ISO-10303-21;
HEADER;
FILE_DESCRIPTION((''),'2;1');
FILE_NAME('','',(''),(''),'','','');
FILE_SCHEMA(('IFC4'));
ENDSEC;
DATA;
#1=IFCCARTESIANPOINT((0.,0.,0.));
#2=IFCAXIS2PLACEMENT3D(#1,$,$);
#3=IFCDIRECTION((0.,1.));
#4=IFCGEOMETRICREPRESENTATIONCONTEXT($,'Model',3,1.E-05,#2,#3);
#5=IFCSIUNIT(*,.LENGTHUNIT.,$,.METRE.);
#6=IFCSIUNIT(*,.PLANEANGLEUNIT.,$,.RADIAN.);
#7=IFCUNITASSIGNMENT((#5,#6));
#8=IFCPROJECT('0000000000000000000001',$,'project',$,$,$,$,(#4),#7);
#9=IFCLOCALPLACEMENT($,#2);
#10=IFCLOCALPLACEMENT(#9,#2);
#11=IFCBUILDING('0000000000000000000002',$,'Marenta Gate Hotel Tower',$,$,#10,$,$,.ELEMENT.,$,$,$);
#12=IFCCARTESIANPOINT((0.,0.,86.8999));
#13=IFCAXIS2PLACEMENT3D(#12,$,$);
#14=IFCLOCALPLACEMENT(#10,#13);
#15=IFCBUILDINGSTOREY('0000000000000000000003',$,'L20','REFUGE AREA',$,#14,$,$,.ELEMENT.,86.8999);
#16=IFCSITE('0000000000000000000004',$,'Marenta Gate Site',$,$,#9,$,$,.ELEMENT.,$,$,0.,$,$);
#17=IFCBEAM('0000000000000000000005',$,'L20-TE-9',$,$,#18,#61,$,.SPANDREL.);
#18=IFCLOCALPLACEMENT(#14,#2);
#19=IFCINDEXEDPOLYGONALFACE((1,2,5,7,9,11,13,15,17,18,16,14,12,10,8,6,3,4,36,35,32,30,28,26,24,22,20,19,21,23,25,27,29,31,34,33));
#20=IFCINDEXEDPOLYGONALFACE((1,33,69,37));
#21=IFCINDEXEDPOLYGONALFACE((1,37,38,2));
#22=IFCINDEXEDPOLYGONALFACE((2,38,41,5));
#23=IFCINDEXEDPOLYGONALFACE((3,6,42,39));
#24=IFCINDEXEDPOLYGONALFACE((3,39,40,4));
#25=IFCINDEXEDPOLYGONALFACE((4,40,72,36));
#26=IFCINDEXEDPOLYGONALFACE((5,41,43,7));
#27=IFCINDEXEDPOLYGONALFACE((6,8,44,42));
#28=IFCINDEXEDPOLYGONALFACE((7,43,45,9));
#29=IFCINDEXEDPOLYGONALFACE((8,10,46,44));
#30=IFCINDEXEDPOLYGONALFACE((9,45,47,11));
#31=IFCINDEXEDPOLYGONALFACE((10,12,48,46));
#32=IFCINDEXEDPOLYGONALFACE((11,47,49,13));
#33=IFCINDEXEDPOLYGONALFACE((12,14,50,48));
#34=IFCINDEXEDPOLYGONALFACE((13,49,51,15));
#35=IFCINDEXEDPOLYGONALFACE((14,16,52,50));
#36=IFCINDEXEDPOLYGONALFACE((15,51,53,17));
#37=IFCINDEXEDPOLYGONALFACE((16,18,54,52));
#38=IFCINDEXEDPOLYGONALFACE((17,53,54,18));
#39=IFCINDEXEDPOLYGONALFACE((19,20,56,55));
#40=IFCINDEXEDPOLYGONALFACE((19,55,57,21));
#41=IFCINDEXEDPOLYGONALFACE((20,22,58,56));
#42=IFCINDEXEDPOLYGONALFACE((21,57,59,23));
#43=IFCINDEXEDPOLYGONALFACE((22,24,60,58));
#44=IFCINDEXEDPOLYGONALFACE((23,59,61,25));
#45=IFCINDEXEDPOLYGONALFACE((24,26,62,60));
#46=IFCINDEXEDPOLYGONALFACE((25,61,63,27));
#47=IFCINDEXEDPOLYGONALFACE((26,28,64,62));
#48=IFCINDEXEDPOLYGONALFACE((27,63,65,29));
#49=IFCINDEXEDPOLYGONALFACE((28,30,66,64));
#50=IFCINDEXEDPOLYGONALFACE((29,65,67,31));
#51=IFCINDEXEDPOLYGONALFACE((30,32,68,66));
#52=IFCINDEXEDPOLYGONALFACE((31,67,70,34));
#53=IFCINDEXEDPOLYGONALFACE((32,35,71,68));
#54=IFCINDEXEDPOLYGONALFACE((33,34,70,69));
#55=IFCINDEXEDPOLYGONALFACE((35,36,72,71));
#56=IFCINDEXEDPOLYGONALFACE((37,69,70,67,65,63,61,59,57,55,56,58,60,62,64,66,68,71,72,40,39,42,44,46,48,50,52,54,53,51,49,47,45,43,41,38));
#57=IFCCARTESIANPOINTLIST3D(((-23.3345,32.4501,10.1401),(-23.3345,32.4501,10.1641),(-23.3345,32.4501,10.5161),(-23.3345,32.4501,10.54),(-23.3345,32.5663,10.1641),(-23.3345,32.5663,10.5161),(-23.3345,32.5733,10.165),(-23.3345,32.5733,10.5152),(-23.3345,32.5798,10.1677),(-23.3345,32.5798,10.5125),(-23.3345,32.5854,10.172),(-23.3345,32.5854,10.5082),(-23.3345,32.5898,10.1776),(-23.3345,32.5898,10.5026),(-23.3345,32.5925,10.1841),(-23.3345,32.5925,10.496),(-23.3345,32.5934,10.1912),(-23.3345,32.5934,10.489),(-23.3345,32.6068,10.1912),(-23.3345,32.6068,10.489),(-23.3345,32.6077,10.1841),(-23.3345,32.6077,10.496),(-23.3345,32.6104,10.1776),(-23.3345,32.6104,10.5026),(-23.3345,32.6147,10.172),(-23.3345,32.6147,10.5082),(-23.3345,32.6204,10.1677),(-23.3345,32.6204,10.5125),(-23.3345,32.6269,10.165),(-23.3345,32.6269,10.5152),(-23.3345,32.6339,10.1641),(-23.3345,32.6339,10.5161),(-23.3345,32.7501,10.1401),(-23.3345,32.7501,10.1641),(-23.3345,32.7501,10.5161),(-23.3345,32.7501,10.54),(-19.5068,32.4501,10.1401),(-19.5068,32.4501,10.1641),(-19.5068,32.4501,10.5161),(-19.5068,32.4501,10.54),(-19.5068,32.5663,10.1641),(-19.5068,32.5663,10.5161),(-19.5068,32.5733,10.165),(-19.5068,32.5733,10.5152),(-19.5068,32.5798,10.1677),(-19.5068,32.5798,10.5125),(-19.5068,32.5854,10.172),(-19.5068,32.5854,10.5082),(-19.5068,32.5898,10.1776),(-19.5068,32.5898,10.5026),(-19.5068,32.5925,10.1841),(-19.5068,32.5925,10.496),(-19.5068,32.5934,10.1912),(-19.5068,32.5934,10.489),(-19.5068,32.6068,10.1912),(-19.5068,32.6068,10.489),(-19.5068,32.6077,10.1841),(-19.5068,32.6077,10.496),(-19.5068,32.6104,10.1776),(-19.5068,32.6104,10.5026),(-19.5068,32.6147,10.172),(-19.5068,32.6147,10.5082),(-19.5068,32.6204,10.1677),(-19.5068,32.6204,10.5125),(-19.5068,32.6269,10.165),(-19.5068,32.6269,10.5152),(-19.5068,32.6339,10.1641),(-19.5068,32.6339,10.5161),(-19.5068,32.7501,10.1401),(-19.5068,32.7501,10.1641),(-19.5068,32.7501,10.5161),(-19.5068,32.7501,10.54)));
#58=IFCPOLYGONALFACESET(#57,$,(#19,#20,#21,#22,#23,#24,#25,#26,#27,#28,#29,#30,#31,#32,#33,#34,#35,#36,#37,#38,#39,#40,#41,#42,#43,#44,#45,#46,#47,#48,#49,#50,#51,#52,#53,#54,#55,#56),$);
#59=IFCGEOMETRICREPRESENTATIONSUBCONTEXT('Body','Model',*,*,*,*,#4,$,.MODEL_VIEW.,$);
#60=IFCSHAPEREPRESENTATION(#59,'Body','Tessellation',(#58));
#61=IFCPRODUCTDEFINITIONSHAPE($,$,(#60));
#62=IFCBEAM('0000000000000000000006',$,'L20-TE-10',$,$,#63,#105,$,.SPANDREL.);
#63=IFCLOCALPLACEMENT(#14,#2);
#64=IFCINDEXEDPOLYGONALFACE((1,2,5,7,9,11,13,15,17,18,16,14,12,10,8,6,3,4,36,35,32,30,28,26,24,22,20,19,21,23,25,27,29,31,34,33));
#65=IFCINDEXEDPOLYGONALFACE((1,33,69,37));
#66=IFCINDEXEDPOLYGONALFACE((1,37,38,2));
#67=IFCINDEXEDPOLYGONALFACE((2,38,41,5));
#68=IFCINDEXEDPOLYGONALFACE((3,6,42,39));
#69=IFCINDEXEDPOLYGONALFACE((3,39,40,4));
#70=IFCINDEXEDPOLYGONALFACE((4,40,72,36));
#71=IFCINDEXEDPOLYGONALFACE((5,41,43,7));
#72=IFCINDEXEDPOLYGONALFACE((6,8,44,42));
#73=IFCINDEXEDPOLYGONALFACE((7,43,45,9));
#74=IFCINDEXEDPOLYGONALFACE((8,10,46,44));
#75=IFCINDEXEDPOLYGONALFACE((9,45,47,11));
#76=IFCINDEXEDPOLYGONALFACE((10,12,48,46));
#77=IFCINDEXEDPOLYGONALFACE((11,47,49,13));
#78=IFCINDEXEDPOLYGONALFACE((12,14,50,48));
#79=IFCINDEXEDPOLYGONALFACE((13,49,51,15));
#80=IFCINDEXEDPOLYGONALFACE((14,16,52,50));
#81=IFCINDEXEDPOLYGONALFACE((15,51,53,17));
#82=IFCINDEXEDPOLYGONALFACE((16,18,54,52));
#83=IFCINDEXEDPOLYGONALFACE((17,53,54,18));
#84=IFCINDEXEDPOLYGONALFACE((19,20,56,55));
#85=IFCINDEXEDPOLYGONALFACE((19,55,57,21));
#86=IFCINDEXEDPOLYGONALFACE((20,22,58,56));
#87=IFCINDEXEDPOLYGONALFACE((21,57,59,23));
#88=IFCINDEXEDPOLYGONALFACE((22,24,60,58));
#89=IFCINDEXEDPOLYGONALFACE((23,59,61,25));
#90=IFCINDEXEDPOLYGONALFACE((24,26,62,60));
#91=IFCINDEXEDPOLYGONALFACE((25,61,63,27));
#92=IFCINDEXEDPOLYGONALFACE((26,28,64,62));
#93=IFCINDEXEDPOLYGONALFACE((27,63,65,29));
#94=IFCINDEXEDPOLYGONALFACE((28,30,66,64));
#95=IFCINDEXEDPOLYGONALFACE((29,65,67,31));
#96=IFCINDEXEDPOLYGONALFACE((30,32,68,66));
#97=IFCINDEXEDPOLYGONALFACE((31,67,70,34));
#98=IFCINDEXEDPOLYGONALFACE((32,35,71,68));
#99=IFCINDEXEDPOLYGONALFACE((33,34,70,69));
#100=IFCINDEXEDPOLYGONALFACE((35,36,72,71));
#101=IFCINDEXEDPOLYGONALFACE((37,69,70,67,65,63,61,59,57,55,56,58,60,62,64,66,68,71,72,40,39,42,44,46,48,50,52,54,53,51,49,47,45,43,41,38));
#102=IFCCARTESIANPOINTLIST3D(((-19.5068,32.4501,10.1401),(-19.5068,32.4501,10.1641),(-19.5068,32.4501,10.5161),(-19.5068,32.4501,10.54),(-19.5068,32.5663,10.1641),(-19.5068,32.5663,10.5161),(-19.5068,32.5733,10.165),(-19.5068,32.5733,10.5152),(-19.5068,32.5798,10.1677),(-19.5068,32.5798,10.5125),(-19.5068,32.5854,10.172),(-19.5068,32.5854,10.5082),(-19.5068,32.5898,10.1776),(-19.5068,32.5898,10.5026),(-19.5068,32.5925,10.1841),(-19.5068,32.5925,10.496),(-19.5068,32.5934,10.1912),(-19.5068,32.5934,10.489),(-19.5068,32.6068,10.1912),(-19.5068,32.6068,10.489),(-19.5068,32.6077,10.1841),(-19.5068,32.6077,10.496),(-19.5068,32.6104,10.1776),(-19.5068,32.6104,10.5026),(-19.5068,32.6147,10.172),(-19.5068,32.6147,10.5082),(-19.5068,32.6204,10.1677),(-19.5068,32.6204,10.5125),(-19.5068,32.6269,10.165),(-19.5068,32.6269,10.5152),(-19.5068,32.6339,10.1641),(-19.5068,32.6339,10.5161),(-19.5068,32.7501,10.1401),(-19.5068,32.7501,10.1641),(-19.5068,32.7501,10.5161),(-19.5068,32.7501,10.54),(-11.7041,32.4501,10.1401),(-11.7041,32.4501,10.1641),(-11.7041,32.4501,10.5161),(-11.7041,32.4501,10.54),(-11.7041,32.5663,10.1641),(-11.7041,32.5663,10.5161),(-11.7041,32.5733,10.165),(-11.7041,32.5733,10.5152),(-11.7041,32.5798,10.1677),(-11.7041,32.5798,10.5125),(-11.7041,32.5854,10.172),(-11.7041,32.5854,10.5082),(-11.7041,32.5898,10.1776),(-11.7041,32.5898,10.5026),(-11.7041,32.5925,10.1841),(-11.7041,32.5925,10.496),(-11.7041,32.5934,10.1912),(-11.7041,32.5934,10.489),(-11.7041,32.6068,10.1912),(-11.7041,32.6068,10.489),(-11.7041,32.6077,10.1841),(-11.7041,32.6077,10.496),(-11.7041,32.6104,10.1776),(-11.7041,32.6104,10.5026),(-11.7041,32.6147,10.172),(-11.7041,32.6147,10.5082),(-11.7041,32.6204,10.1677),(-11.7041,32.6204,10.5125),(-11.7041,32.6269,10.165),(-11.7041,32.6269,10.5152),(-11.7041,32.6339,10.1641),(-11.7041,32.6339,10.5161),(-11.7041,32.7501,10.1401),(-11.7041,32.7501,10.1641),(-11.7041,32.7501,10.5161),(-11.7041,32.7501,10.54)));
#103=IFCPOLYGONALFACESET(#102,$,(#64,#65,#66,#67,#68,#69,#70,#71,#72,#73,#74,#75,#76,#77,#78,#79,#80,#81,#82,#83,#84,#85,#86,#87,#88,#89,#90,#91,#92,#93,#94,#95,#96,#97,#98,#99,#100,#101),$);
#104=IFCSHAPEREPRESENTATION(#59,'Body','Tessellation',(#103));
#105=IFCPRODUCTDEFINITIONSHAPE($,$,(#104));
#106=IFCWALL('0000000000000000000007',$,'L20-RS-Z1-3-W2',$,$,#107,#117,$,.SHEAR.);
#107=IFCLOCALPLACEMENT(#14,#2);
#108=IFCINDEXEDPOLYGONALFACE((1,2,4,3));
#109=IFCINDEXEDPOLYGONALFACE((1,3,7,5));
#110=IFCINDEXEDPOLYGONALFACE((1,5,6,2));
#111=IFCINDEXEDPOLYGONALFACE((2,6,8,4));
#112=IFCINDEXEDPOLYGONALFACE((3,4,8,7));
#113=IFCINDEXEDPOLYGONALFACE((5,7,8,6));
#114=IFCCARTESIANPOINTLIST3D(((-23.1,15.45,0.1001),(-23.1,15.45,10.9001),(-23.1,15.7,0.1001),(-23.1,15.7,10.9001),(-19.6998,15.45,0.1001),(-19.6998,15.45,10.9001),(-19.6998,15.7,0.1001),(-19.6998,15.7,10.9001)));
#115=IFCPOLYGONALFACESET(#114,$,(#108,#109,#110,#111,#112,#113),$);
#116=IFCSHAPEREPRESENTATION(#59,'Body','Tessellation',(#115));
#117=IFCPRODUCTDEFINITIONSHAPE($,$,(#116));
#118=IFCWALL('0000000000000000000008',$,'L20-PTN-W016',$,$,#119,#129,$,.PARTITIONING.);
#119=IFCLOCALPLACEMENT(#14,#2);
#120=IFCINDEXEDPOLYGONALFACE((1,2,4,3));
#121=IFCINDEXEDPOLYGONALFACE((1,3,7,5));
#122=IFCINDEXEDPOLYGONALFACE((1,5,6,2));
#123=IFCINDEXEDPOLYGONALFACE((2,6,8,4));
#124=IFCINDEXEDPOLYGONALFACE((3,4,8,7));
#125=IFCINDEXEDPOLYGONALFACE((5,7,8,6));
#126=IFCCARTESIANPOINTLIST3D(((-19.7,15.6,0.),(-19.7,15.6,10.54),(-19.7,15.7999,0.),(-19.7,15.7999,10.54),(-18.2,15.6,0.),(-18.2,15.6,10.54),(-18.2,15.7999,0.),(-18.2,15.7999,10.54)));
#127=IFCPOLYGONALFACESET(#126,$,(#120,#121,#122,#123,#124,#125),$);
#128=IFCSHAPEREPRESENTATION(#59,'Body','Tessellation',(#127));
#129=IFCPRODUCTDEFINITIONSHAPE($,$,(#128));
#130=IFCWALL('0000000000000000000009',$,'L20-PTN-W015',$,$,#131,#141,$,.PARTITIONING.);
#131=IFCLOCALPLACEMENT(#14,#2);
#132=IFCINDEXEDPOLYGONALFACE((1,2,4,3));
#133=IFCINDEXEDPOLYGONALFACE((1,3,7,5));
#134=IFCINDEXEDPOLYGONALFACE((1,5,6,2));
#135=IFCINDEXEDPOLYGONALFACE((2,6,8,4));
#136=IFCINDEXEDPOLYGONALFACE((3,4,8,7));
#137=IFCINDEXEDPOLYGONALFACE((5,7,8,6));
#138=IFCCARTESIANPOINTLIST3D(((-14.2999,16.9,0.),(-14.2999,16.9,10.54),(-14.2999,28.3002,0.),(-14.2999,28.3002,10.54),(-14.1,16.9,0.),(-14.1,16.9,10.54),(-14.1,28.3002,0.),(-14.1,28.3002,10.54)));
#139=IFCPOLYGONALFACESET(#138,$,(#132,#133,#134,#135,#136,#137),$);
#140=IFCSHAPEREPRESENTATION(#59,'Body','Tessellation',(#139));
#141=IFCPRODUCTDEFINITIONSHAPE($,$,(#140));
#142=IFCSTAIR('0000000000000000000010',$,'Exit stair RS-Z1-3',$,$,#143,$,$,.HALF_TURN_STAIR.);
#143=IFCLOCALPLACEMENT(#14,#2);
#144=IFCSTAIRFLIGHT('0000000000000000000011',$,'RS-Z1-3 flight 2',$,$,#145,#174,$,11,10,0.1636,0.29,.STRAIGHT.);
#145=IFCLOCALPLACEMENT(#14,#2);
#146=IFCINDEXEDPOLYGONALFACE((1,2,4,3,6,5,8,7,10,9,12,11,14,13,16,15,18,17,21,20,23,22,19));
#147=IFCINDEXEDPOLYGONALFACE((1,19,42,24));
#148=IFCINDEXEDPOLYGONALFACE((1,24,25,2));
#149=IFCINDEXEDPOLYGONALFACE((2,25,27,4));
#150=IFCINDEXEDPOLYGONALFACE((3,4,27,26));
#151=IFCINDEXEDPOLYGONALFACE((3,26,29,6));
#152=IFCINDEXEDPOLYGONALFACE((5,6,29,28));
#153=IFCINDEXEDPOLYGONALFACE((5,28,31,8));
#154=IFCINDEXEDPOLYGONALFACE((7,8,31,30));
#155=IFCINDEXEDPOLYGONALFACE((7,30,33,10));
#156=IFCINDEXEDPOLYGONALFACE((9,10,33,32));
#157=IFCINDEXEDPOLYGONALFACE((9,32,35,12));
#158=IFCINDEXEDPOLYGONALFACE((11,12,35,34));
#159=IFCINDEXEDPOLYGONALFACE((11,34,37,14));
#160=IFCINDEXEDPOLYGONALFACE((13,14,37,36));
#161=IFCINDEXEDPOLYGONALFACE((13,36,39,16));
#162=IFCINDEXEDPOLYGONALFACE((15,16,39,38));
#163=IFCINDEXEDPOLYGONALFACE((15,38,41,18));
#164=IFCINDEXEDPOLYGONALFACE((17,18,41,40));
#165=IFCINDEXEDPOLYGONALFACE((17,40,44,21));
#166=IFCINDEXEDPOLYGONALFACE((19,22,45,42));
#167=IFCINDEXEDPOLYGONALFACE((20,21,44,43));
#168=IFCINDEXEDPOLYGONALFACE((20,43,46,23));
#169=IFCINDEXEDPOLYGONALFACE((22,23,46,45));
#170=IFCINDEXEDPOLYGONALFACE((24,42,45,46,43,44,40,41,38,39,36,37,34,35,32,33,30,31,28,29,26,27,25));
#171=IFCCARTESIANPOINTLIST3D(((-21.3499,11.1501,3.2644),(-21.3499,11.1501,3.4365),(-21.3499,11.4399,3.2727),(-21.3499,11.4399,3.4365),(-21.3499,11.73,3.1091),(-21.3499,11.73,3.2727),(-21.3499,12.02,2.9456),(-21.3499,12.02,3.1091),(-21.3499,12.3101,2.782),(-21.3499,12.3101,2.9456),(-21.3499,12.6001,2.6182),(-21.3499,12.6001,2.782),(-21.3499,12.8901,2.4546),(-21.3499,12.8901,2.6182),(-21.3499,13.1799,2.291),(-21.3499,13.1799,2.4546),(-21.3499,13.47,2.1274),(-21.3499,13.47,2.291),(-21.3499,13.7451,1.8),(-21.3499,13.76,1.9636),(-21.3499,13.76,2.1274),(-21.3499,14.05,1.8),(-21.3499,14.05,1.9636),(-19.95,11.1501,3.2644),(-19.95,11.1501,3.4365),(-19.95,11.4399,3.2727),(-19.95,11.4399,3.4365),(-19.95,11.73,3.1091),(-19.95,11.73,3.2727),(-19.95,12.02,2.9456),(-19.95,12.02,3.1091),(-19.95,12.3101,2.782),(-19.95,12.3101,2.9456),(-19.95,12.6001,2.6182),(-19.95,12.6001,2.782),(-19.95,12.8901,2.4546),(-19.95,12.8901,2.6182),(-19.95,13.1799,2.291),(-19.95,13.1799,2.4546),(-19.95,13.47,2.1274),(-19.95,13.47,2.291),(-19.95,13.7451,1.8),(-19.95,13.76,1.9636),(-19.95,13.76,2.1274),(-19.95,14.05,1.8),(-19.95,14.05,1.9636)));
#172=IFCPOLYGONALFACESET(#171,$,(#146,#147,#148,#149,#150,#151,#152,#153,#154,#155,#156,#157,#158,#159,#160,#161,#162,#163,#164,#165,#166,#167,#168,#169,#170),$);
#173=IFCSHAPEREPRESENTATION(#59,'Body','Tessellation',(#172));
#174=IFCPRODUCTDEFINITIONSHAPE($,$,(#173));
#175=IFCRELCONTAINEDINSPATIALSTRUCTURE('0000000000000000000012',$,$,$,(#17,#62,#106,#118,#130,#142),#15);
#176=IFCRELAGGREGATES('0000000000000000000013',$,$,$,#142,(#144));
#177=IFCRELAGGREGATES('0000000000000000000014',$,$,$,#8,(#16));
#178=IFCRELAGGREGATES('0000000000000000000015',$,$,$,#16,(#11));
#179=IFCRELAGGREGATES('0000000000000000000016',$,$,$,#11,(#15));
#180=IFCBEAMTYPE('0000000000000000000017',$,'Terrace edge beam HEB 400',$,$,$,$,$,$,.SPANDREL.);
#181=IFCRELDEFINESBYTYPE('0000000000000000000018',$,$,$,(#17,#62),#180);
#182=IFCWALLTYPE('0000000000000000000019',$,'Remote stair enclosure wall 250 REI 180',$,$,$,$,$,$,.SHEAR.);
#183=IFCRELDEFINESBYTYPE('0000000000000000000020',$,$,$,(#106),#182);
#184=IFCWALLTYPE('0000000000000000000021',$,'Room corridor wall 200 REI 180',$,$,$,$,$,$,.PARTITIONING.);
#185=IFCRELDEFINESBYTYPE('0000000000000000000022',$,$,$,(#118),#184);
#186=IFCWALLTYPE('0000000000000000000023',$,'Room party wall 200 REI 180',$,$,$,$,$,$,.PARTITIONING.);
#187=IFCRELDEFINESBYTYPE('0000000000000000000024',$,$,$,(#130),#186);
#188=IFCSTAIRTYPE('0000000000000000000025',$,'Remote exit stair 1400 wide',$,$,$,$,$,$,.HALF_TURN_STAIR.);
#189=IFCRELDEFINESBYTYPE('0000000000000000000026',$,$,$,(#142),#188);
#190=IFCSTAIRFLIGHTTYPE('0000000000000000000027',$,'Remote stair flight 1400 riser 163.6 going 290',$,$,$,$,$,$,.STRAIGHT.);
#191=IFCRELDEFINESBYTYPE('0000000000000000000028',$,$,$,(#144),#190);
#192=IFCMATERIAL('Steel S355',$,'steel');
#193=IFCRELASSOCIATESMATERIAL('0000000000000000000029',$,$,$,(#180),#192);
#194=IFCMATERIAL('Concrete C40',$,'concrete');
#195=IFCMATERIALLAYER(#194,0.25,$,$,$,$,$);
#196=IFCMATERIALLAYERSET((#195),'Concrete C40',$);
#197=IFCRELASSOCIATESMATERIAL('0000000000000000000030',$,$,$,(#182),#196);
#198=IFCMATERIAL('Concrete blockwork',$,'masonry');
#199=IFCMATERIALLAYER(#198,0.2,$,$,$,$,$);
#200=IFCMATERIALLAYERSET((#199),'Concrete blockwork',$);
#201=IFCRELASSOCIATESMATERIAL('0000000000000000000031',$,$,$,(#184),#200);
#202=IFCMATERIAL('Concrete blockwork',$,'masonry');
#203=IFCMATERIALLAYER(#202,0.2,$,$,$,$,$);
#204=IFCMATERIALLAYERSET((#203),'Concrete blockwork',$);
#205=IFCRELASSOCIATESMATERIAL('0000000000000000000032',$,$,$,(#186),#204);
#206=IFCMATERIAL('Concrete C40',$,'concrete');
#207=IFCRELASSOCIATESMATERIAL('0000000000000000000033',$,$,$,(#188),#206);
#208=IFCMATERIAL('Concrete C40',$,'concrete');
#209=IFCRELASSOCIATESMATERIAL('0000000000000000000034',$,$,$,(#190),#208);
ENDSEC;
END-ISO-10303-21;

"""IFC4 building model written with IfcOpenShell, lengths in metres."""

from ifc_helpers import new_model, si_unit, direction, frame, frame_2d, origin, origin_2d, place, context, subcontext, project, spatial, polyline, rectangle, i_section, outline, extrude, material, layer, layer_set, material_profile, profile_set, type_object, element, aggregate, save


model = new_model("IFC4")

# Units and contexts
model_context = context("Model", 3, precision=1e-05, world=origin(), true_north=direction((0.0, 1.0)))
body_context = subcontext(model_context, "Body", "Model", "MODEL_VIEW")
ifc_project = project(units=[si_unit("LENGTHUNIT", "METRE"), si_unit("PLANEANGLEUNIT", "RADIAN")], contexts=[model_context])

# Site, building, storey
site_placement = place(None, origin())
site = spatial("IfcSite", under=ifc_project, at=site_placement, Name="Marenta Gate Site", CompositionType="ELEMENT", RefElevation=0.0)
building_placement = place(site_placement, origin())
building = spatial("IfcBuilding", under=site, at=building_placement, Name="Marenta Gate Hotel Tower", CompositionType="ELEMENT")
storey_placement = place(building_placement, frame((0.0, 0.0, 86.8999)))
storey = spatial("IfcBuildingStorey", under=building, at=storey_placement, Name="L20", Description="REFUGE AREA", CompositionType="ELEMENT", Elevation=86.8999)

# Beams
ifc_material_1 = material(Name="Steel S355", Category="steel")
ifc_material_profile_1 = material_profile(ifc_material_1, i_section(OverallWidth=0.3, OverallDepth=0.3999, WebThickness=0.0134, FlangeThickness=0.0239, FilletRadius=0.0271, at=origin_2d()), Name="HEB 400")
ifc_profile_set_1 = profile_set([ifc_material_profile_1], Name="Steel S355")
beam_type_1 = type_object("IfcBeamType", Name="Terrace edge beam HEB 400", PredefinedType="SPANDREL", material=ifc_profile_set_1)
beam_1_placement = place(storey_placement, frame((-23.3345, 32.6001, 10.3401), z_axis=(1.0, 0.0, 0.0), x_axis=(0.0, 1.0, 0.0)))
element("IfcBeam", 1, at=beam_1_placement, inside=storey, type_object=beam_type_1, Name="L20-TE-9", PredefinedType="SPANDREL", context=body_context, shape_type="SweptSolid", body=[
    extrude(i_section(OverallWidth=0.3, OverallDepth=0.3999, WebThickness=0.0134, FlangeThickness=0.0239, FilletRadius=0.0271, at=origin_2d()), origin(), (0.0, 0.0, 1.0), 3.8276),
])
beam_2_placement = place(storey_placement, frame((-19.5068, 32.6001, 10.3401), z_axis=(1.0, 0.0, 0.0), x_axis=(0.0, 1.0, 0.0)))
element("IfcBeam", 2, at=beam_2_placement, inside=storey, type_object=beam_type_1, Name="L20-TE-10", PredefinedType="SPANDREL", context=body_context, shape_type="SweptSolid", body=[
    extrude(i_section(OverallWidth=0.3, OverallDepth=0.3999, WebThickness=0.0134, FlangeThickness=0.0239, FilletRadius=0.0271, at=origin_2d()), origin(), (0.0, 0.0, 1.0), 7.8027),
])

# Wall
ifc_material_2 = material(Name="Concrete C40", Category="concrete")
ifc_layer_1 = layer(ifc_material_2, 0.25)
ifc_layer_set_1 = layer_set([ifc_layer_1], Name="Concrete C40")
wall_type_1 = type_object("IfcWallType", Name="Remote stair enclosure wall 250 REI 180", PredefinedType="SHEAR", material=ifc_layer_set_1)
wall_1_placement = place(storey_placement, frame((-23.1001, 15.575, 0.1001), z_axis=(0.0, 0.0, 1.0), x_axis=(1.0, 0.0, 0.0)))
element("IfcWall", 3, at=wall_1_placement, inside=storey, type_object=wall_type_1, Name="L20-RS-Z1-3-W2", PredefinedType="SHEAR", context=body_context, shape_type="SweptSolid", body=[
    extrude(rectangle(XDim=3.4001, YDim=0.25, at=frame_2d((1.7002, 0.0))), origin(), (0.0, 0.0, 1.0), 10.8),
])

# Walls
ifc_material_3 = material(Name="Concrete blockwork", Category="masonry")
ifc_layer_2 = layer(ifc_material_3, 0.2)
ifc_layer_set_2 = layer_set([ifc_layer_2], Name="Concrete blockwork")
wall_type_2 = type_object("IfcWallType", Name="Room corridor wall 200 REI 180", PredefinedType="PARTITIONING", material=ifc_layer_set_2)
wall_2_placement = place(storey_placement, frame((-19.7, 15.7, 0.0), z_axis=(0.0, 0.0, 1.0), x_axis=(1.0, 0.0, 0.0)))
element("IfcWall", 4, at=wall_2_placement, inside=storey, type_object=wall_type_2, Name="L20-PTN-W016", PredefinedType="PARTITIONING", context=body_context, shape_type="SweptSolid", body=[
    extrude(rectangle(XDim=1.5, YDim=0.2, at=frame_2d((0.75, 0.0))), origin(), (0.0, 0.0, 1.0), 10.54),
])
ifc_material_4 = material(Name="Concrete blockwork", Category="masonry")
ifc_layer_3 = layer(ifc_material_4, 0.2)
ifc_layer_set_3 = layer_set([ifc_layer_3], Name="Concrete blockwork")
wall_type_3 = type_object("IfcWallType", Name="Room party wall 200 REI 180", PredefinedType="PARTITIONING", material=ifc_layer_set_3)
wall_3_placement = place(storey_placement, frame((-14.2, 16.8999, 0.0), z_axis=(0.0, 0.0, 1.0), x_axis=(0.0, 1.0, 0.0)))
element("IfcWall", 5, at=wall_3_placement, inside=storey, type_object=wall_type_3, Name="L20-PTN-W015", PredefinedType="PARTITIONING", context=body_context, shape_type="SweptSolid", body=[
    extrude(rectangle(XDim=11.4001, YDim=0.2, at=frame_2d((5.7002, 0.0))), origin(), (0.0, 0.0, 1.0), 10.54),
])

# Stair, stair flight
ifc_material_5 = material(Name="Concrete C40", Category="concrete")
stair_type = type_object("IfcStairType", Name="Remote exit stair 1400 wide", PredefinedType="HALF_TURN_STAIR", material=ifc_material_5)
stair_placement = place(storey_placement, origin())
stair = element("IfcStair", 6, at=stair_placement, inside=storey, type_object=stair_type, Name="Exit stair RS-Z1-3", PredefinedType="HALF_TURN_STAIR")
ifc_material_6 = material(Name="Concrete C40", Category="concrete")
stair_flight_type = type_object("IfcStairFlightType", Name="Remote stair flight 1400 riser 163.6 going 290", PredefinedType="STRAIGHT", material=ifc_material_6)
stair_flight_1_placement = place(storey_placement, frame((-20.6499, 14.05, 1.8), z_axis=(0.0, 0.0, 1.0), x_axis=(0.0, -1.0, 0.0)))
stair_flight_1 = element("IfcStairFlight", 7, at=stair_flight_1_placement, type_object=stair_flight_type, Name="RS-Z1-3 flight 2", NumberOfRisers=11, NumberOfTreads=10, PredefinedType="STRAIGHT", RiserHeight=0.1636, TreadLength=0.29, context=body_context, shape_type="SweptSolid", body=[
    extrude(outline(polyline([(0.0, 0.0), (0.0, 0.1636), (0.29, 0.1636), (0.29, 0.3274), (0.5801, 0.3274), (0.5801, 0.491), (0.8701, 0.491), (0.8701, 0.6545), (1.1599, 0.6545), (1.1599, 0.8181), (1.45, 0.8181), (1.45, 0.9819), (1.74, 0.9819), (1.74, 1.1455), (2.03, 1.1455), (2.03, 1.3091), (2.3201, 1.3091), (2.3201, 1.4727), (2.6101, 1.4727), (2.6101, 1.6365), (2.8999, 1.6365), (2.8999, 1.8), (2.8999, 1.4644), (0.3049, 0.0), (0.0, 0.0)])), frame((0.0, 0.7, 0.0), z_axis=(0.0, -1.0, 0.0), x_axis=(1.0, 0.0, 0.0)), (0.0, 0.0, 1.0), 1.3999),
])
aggregate(stair, [stair_flight_1])

save(model, "model.ifc")
